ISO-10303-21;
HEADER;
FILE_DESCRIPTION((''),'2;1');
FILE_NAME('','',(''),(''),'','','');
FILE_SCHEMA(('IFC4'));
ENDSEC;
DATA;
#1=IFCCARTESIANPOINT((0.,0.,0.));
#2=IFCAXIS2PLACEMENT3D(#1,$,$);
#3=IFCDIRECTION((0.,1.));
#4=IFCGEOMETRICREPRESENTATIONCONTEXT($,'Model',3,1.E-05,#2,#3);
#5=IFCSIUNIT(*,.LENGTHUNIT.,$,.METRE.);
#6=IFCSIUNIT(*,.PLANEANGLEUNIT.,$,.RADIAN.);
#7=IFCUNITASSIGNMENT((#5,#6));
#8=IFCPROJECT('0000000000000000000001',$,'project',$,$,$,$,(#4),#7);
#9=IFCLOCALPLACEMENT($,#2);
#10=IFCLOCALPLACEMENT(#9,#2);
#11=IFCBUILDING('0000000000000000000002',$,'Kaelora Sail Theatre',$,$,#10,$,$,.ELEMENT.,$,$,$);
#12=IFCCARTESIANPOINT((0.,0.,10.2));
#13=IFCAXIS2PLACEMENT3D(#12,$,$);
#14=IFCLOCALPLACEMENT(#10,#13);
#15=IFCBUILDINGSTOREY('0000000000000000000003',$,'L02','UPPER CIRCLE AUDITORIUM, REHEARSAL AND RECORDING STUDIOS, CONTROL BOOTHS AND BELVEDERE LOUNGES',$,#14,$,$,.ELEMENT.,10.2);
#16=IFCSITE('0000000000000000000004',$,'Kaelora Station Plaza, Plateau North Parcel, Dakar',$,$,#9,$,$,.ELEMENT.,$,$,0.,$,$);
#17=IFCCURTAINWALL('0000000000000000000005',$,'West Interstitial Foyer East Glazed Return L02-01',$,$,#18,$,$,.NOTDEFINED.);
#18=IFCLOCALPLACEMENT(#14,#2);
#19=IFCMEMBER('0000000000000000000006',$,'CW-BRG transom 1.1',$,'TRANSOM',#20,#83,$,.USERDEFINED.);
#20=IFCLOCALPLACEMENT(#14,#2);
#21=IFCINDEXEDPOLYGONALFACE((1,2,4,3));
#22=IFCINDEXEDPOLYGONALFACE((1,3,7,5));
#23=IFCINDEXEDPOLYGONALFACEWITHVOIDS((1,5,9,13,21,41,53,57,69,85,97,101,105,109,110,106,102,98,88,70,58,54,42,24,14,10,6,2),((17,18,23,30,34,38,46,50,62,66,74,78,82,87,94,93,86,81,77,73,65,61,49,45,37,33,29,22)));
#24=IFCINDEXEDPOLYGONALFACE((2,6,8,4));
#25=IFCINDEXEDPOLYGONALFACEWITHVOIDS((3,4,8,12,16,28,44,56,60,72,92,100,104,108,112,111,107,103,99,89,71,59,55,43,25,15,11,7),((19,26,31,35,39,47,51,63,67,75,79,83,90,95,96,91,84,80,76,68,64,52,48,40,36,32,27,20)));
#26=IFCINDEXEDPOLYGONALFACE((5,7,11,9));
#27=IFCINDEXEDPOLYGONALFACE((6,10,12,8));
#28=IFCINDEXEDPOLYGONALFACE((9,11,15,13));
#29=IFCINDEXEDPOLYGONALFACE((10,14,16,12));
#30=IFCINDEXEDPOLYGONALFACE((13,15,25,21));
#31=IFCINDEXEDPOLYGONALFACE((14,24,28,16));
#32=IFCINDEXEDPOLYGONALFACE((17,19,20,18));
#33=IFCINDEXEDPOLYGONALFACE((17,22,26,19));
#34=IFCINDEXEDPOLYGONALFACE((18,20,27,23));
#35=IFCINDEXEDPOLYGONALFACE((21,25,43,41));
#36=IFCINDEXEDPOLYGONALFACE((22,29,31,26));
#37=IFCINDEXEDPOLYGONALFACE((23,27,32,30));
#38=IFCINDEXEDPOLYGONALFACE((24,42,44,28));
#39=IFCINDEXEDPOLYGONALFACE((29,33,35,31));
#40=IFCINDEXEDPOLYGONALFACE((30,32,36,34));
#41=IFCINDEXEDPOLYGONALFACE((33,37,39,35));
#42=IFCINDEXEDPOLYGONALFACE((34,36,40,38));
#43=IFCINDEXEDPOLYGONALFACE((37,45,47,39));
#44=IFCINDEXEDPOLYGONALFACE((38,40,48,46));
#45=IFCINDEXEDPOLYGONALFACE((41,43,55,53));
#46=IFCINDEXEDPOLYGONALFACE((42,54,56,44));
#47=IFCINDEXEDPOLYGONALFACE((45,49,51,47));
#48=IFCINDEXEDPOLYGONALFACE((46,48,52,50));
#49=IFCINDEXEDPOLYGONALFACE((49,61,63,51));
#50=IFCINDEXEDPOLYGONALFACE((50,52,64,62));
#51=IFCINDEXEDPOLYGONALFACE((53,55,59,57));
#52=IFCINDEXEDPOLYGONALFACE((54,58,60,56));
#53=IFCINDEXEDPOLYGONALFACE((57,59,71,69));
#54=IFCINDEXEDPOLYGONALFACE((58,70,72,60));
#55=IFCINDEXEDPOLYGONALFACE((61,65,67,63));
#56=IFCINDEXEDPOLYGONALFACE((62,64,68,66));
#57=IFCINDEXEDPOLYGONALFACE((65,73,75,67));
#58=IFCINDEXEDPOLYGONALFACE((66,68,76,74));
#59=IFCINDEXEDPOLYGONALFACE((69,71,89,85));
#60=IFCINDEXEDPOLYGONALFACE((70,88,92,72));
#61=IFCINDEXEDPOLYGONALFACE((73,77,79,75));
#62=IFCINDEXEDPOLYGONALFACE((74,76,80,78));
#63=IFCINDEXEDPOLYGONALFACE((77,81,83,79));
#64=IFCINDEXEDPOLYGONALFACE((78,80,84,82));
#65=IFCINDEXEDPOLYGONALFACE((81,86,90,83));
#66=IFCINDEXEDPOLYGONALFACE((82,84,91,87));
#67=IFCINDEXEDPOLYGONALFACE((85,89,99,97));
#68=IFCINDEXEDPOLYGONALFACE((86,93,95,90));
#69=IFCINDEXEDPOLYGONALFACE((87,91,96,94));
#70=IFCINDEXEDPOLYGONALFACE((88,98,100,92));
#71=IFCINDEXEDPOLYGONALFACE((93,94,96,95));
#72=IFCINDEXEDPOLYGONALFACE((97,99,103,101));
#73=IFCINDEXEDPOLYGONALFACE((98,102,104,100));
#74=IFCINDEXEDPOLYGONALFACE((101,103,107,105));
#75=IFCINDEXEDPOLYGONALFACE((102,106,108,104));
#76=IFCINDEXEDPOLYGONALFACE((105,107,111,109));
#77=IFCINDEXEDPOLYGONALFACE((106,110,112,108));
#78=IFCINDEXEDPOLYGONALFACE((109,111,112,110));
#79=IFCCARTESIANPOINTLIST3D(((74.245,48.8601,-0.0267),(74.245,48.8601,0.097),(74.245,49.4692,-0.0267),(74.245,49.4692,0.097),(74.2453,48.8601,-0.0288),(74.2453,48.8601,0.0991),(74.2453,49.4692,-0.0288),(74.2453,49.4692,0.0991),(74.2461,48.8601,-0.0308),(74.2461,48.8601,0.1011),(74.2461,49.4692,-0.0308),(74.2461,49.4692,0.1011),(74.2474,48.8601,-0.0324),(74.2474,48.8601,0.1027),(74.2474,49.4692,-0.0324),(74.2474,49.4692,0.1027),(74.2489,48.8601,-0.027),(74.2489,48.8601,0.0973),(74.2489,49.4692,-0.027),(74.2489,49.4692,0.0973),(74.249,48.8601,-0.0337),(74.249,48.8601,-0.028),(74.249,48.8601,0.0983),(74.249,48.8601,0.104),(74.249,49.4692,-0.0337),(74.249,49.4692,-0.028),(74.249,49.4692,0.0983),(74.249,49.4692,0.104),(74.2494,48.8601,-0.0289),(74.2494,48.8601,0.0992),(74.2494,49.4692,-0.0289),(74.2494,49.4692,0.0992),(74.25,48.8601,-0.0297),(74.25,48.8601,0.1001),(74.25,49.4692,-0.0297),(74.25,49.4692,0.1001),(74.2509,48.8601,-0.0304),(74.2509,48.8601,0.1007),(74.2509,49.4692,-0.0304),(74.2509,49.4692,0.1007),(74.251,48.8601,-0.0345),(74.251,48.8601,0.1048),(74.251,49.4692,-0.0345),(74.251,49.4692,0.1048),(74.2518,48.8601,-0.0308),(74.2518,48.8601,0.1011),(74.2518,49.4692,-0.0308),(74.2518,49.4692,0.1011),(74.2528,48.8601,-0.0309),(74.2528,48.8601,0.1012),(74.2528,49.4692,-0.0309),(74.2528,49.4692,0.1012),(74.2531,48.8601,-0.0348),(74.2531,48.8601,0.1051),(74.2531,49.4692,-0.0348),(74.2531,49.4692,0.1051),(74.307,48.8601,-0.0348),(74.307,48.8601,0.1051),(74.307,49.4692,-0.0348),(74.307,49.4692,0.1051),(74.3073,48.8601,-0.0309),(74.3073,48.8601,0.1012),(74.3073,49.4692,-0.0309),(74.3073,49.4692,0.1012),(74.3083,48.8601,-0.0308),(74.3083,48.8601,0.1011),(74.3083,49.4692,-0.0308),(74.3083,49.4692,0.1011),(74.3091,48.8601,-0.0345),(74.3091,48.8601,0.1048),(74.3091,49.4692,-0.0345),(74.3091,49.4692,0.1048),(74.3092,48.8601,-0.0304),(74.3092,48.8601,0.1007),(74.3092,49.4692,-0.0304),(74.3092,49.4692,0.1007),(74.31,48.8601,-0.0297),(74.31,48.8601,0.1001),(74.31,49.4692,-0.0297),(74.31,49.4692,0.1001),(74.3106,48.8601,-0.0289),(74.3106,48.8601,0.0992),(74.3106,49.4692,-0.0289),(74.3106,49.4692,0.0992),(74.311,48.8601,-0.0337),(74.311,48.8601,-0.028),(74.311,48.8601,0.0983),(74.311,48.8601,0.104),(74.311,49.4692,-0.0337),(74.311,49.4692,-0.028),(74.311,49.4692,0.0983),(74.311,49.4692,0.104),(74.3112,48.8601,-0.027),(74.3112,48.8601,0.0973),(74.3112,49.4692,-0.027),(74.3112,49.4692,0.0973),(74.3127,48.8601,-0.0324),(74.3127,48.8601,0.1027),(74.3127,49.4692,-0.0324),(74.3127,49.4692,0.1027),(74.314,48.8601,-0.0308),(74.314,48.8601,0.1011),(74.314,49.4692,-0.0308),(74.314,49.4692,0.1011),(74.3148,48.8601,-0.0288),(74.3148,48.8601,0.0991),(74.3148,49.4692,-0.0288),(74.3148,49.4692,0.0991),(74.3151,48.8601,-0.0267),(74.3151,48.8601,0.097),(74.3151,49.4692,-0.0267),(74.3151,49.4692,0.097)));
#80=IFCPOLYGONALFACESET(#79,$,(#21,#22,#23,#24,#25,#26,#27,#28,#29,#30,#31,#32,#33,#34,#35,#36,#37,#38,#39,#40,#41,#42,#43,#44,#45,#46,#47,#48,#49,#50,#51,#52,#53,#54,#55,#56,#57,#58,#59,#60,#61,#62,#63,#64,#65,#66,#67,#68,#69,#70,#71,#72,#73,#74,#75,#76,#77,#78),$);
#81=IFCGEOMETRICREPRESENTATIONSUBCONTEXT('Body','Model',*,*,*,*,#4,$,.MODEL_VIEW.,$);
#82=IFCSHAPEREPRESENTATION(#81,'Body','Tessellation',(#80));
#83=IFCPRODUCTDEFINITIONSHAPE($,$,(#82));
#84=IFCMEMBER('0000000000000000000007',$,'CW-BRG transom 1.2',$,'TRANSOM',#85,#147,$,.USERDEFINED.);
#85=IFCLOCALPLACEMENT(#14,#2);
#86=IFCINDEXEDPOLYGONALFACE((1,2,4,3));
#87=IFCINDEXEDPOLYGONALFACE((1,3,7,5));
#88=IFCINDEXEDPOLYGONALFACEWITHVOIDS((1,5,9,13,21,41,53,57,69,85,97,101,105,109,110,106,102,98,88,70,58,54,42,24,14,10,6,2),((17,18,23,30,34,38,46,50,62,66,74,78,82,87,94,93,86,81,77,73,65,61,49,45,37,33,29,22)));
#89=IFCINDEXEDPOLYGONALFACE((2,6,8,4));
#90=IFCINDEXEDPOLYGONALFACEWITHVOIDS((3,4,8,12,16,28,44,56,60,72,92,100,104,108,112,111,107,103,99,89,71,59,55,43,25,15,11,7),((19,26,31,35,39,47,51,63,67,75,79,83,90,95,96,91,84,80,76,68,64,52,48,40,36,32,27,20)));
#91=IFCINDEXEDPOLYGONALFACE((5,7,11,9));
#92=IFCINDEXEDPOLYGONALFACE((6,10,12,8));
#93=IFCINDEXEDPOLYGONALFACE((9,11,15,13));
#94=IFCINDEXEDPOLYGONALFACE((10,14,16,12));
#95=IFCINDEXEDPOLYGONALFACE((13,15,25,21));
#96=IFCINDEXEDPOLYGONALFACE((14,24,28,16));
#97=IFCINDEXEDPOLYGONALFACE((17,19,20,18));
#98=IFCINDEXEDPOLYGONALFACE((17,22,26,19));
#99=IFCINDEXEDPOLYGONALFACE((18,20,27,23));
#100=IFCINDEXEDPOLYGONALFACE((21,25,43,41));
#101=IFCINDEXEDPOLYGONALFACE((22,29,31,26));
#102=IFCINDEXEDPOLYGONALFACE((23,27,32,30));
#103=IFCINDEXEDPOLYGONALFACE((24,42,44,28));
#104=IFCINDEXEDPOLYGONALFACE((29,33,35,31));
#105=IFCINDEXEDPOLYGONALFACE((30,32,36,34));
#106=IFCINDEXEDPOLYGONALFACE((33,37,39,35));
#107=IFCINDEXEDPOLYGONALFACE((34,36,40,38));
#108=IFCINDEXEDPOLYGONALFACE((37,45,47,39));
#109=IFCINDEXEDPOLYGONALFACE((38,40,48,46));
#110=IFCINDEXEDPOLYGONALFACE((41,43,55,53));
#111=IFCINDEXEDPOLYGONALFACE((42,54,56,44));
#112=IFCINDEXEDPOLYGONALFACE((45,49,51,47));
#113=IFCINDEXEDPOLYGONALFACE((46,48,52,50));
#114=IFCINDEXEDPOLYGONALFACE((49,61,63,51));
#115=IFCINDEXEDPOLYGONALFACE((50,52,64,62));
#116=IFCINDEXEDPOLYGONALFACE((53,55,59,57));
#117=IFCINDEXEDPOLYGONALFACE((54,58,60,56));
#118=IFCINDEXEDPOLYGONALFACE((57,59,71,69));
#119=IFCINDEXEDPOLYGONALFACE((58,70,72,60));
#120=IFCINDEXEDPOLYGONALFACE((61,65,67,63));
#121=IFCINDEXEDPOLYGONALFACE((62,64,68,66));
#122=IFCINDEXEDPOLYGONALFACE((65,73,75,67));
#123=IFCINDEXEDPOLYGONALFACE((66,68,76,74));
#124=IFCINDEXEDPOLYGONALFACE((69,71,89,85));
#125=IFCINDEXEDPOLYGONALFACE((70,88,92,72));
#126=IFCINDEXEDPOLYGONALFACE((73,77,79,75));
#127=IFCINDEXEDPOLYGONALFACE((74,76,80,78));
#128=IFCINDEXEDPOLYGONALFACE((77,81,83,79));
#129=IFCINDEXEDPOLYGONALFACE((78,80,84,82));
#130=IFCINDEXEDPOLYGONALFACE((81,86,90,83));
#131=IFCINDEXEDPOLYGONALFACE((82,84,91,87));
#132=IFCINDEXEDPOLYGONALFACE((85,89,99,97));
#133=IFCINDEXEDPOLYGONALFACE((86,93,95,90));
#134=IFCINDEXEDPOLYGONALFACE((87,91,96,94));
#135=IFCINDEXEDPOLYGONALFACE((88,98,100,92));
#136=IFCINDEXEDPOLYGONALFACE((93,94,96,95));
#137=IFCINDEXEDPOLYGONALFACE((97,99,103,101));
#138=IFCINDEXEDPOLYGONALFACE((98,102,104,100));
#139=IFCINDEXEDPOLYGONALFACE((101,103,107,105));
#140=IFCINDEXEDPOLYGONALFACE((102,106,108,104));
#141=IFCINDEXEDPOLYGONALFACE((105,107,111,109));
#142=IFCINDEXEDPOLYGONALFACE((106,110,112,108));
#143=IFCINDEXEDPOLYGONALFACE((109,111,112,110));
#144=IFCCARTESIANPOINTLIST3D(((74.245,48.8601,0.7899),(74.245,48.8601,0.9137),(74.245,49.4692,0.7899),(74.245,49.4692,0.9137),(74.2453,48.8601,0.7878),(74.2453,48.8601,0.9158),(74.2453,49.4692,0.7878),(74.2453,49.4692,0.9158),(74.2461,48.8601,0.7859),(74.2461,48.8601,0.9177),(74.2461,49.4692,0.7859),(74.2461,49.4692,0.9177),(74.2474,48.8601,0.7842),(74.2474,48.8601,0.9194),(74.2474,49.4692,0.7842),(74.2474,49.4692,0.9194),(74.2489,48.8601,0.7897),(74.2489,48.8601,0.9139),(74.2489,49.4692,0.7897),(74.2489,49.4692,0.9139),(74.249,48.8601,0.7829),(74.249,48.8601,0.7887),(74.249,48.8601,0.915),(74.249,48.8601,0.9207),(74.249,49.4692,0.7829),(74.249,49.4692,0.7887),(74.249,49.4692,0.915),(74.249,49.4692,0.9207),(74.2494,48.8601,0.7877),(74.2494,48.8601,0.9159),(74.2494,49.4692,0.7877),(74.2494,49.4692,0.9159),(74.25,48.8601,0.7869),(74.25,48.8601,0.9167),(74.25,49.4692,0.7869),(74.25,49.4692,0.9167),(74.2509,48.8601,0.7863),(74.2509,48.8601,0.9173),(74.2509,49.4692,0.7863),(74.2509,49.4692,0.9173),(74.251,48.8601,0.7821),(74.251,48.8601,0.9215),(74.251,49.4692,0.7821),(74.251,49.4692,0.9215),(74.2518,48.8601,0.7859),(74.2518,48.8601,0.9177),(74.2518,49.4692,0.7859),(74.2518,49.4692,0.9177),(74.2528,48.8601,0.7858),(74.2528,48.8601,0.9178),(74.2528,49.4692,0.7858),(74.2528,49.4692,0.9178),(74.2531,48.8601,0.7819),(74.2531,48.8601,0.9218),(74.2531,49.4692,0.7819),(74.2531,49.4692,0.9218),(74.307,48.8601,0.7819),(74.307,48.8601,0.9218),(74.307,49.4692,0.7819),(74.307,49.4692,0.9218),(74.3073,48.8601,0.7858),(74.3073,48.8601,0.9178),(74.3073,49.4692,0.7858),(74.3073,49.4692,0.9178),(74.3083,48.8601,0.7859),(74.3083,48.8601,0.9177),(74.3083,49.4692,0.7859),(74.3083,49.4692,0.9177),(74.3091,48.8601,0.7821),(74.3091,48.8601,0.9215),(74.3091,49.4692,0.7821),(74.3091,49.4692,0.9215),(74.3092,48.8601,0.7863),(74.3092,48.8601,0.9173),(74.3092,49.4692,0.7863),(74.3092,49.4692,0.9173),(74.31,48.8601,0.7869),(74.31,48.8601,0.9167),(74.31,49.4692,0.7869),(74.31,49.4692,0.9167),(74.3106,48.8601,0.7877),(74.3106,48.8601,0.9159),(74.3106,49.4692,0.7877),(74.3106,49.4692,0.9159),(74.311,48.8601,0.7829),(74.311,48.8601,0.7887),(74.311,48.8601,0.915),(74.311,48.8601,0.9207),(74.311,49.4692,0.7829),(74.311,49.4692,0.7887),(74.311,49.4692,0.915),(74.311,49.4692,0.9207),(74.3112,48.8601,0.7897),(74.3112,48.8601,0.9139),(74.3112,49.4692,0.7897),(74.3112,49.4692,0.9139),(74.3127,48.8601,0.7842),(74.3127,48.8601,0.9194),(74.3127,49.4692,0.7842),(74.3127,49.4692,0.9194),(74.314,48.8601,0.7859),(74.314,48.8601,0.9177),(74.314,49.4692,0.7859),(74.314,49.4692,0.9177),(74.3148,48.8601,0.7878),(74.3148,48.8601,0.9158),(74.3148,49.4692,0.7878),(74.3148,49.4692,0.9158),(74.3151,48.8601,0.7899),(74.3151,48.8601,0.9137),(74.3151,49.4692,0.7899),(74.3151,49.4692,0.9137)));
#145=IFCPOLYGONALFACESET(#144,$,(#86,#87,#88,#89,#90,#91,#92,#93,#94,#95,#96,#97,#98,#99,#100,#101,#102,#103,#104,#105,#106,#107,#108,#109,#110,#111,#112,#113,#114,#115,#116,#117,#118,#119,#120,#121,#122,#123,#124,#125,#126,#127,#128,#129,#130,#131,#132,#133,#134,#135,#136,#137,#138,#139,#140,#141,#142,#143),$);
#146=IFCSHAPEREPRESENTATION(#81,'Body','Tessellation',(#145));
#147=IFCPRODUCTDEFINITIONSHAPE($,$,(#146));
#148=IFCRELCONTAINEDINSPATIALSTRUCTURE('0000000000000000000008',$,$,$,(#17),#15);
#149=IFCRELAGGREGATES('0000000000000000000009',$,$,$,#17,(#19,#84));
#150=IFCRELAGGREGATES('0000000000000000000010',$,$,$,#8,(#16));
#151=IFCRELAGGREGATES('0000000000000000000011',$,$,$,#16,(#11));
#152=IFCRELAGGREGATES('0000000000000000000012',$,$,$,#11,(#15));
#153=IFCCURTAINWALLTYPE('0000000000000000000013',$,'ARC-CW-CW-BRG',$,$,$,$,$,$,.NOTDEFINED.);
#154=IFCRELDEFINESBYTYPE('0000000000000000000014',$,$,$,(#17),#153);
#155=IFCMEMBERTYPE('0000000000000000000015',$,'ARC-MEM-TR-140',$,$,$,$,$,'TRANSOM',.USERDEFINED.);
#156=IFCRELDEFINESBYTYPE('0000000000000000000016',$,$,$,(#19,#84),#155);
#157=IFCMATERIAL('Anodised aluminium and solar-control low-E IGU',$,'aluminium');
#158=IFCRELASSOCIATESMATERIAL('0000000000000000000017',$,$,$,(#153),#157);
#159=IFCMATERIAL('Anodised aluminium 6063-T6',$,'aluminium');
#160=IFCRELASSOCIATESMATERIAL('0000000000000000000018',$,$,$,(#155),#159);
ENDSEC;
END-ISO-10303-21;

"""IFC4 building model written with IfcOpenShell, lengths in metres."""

from ifc_helpers import new_model, si_unit, direction, frame, origin, origin_2d, place, context, subcontext, project, spatial, hollow_rectangle, extrude, material, material_profile, profile_set, type_object, element, aggregate, save


model = new_model("IFC4")

# Units and contexts
model_context = context("Model", 3, precision=1e-05, world=origin(), true_north=direction((0.0, 1.0)))
body_context = subcontext(model_context, "Body", "Model", "MODEL_VIEW")
ifc_project = project(units=[si_unit("LENGTHUNIT", "METRE"), si_unit("PLANEANGLEUNIT", "RADIAN")], contexts=[model_context])

# Site, building, storey
site_placement = place(None, origin())
site = spatial("IfcSite", under=ifc_project, at=site_placement, Name="Kaelora Station Plaza, Plateau North Parcel, Dakar", CompositionType="ELEMENT", RefElevation=0.0)
building_placement = place(site_placement, origin())
building = spatial("IfcBuilding", under=site, at=building_placement, Name="Kaelora Sail Theatre", CompositionType="ELEMENT")
storey_placement = place(building_placement, frame((0.0, 0.0, 10.2)))
storey = spatial("IfcBuildingStorey", under=building, at=storey_placement, Name="L02", Description="UPPER CIRCLE AUDITORIUM, REHEARSAL AND RECORDING STUDIOS, CONTROL BOOTHS AND BELVEDERE LOUNGES", CompositionType="ELEMENT", Elevation=10.2)

# Shared definitions
ifc_material_1 = material(Name="Anodised aluminium and solar-control low-E IGU", Category="aluminium")
curtain_wall_type = type_object("IfcCurtainWallType", Name="ARC-CW-CW-BRG", PredefinedType="NOTDEFINED", material=ifc_material_1)

# Curtain wall
curtain_wall_1_placement = place(storey_placement, origin())
curtain_wall_1 = element("IfcCurtainWall", 1, at=curtain_wall_1_placement, inside=storey, type_object=curtain_wall_type, Name="West Interstitial Foyer East Glazed Return L02-01", PredefinedType="NOTDEFINED")

# Members
ifc_material_2 = material(Name="Anodised aluminium 6063-T6", Category="aluminium")
ifc_material_profile_1 = material_profile(ifc_material_2, hollow_rectangle(XDim=0.0701, YDim=0.1399, WallThickness=0.0039, InnerFilletRadius=0.0039, OuterFilletRadius=0.0081, at=origin_2d()), Name="ALU-TRAN 70x140x4")
ifc_profile_set_1 = profile_set([ifc_material_profile_1], Name="Anodised aluminium 6063-T6")
member_type_1 = type_object("IfcMemberType", Name="ARC-MEM-TR-140", ElementType="TRANSOM", PredefinedType="USERDEFINED", material=ifc_profile_set_1)
member_1_placement = place(storey_placement, frame((74.28, 48.8601, 0.0352), z_axis=(0.0, 1.0, 0.0), x_axis=(-1.0, 0.0, 0.0)))
member_1 = element("IfcMember", 2, at=member_1_placement, type_object=member_type_1, Name="CW-BRG transom 1.1", ObjectType="TRANSOM", PredefinedType="USERDEFINED", context=body_context, shape_type="SweptSolid", body=[
    extrude(hollow_rectangle(XDim=0.0701, YDim=0.1399, WallThickness=0.0039, InnerFilletRadius=0.0039, OuterFilletRadius=0.0081, at=origin_2d()), origin(), (0.0, 0.0, 1.0), 0.6091),
])
member_2_placement = place(storey_placement, frame((74.28, 48.8601, 0.8518), z_axis=(0.0, 1.0, 0.0), x_axis=(-1.0, 0.0, 0.0)))
member_2 = element("IfcMember", 3, at=member_2_placement, type_object=member_type_1, Name="CW-BRG transom 1.2", ObjectType="TRANSOM", PredefinedType="USERDEFINED", context=body_context, shape_type="SweptSolid", body=[
    extrude(hollow_rectangle(XDim=0.0701, YDim=0.1399, WallThickness=0.0039, InnerFilletRadius=0.0039, OuterFilletRadius=0.0081, at=origin_2d()), origin(), (0.0, 0.0, 1.0), 0.6091),
])

aggregate(curtain_wall_1, [member_1, member_2])

save(model, "model.ifc")
